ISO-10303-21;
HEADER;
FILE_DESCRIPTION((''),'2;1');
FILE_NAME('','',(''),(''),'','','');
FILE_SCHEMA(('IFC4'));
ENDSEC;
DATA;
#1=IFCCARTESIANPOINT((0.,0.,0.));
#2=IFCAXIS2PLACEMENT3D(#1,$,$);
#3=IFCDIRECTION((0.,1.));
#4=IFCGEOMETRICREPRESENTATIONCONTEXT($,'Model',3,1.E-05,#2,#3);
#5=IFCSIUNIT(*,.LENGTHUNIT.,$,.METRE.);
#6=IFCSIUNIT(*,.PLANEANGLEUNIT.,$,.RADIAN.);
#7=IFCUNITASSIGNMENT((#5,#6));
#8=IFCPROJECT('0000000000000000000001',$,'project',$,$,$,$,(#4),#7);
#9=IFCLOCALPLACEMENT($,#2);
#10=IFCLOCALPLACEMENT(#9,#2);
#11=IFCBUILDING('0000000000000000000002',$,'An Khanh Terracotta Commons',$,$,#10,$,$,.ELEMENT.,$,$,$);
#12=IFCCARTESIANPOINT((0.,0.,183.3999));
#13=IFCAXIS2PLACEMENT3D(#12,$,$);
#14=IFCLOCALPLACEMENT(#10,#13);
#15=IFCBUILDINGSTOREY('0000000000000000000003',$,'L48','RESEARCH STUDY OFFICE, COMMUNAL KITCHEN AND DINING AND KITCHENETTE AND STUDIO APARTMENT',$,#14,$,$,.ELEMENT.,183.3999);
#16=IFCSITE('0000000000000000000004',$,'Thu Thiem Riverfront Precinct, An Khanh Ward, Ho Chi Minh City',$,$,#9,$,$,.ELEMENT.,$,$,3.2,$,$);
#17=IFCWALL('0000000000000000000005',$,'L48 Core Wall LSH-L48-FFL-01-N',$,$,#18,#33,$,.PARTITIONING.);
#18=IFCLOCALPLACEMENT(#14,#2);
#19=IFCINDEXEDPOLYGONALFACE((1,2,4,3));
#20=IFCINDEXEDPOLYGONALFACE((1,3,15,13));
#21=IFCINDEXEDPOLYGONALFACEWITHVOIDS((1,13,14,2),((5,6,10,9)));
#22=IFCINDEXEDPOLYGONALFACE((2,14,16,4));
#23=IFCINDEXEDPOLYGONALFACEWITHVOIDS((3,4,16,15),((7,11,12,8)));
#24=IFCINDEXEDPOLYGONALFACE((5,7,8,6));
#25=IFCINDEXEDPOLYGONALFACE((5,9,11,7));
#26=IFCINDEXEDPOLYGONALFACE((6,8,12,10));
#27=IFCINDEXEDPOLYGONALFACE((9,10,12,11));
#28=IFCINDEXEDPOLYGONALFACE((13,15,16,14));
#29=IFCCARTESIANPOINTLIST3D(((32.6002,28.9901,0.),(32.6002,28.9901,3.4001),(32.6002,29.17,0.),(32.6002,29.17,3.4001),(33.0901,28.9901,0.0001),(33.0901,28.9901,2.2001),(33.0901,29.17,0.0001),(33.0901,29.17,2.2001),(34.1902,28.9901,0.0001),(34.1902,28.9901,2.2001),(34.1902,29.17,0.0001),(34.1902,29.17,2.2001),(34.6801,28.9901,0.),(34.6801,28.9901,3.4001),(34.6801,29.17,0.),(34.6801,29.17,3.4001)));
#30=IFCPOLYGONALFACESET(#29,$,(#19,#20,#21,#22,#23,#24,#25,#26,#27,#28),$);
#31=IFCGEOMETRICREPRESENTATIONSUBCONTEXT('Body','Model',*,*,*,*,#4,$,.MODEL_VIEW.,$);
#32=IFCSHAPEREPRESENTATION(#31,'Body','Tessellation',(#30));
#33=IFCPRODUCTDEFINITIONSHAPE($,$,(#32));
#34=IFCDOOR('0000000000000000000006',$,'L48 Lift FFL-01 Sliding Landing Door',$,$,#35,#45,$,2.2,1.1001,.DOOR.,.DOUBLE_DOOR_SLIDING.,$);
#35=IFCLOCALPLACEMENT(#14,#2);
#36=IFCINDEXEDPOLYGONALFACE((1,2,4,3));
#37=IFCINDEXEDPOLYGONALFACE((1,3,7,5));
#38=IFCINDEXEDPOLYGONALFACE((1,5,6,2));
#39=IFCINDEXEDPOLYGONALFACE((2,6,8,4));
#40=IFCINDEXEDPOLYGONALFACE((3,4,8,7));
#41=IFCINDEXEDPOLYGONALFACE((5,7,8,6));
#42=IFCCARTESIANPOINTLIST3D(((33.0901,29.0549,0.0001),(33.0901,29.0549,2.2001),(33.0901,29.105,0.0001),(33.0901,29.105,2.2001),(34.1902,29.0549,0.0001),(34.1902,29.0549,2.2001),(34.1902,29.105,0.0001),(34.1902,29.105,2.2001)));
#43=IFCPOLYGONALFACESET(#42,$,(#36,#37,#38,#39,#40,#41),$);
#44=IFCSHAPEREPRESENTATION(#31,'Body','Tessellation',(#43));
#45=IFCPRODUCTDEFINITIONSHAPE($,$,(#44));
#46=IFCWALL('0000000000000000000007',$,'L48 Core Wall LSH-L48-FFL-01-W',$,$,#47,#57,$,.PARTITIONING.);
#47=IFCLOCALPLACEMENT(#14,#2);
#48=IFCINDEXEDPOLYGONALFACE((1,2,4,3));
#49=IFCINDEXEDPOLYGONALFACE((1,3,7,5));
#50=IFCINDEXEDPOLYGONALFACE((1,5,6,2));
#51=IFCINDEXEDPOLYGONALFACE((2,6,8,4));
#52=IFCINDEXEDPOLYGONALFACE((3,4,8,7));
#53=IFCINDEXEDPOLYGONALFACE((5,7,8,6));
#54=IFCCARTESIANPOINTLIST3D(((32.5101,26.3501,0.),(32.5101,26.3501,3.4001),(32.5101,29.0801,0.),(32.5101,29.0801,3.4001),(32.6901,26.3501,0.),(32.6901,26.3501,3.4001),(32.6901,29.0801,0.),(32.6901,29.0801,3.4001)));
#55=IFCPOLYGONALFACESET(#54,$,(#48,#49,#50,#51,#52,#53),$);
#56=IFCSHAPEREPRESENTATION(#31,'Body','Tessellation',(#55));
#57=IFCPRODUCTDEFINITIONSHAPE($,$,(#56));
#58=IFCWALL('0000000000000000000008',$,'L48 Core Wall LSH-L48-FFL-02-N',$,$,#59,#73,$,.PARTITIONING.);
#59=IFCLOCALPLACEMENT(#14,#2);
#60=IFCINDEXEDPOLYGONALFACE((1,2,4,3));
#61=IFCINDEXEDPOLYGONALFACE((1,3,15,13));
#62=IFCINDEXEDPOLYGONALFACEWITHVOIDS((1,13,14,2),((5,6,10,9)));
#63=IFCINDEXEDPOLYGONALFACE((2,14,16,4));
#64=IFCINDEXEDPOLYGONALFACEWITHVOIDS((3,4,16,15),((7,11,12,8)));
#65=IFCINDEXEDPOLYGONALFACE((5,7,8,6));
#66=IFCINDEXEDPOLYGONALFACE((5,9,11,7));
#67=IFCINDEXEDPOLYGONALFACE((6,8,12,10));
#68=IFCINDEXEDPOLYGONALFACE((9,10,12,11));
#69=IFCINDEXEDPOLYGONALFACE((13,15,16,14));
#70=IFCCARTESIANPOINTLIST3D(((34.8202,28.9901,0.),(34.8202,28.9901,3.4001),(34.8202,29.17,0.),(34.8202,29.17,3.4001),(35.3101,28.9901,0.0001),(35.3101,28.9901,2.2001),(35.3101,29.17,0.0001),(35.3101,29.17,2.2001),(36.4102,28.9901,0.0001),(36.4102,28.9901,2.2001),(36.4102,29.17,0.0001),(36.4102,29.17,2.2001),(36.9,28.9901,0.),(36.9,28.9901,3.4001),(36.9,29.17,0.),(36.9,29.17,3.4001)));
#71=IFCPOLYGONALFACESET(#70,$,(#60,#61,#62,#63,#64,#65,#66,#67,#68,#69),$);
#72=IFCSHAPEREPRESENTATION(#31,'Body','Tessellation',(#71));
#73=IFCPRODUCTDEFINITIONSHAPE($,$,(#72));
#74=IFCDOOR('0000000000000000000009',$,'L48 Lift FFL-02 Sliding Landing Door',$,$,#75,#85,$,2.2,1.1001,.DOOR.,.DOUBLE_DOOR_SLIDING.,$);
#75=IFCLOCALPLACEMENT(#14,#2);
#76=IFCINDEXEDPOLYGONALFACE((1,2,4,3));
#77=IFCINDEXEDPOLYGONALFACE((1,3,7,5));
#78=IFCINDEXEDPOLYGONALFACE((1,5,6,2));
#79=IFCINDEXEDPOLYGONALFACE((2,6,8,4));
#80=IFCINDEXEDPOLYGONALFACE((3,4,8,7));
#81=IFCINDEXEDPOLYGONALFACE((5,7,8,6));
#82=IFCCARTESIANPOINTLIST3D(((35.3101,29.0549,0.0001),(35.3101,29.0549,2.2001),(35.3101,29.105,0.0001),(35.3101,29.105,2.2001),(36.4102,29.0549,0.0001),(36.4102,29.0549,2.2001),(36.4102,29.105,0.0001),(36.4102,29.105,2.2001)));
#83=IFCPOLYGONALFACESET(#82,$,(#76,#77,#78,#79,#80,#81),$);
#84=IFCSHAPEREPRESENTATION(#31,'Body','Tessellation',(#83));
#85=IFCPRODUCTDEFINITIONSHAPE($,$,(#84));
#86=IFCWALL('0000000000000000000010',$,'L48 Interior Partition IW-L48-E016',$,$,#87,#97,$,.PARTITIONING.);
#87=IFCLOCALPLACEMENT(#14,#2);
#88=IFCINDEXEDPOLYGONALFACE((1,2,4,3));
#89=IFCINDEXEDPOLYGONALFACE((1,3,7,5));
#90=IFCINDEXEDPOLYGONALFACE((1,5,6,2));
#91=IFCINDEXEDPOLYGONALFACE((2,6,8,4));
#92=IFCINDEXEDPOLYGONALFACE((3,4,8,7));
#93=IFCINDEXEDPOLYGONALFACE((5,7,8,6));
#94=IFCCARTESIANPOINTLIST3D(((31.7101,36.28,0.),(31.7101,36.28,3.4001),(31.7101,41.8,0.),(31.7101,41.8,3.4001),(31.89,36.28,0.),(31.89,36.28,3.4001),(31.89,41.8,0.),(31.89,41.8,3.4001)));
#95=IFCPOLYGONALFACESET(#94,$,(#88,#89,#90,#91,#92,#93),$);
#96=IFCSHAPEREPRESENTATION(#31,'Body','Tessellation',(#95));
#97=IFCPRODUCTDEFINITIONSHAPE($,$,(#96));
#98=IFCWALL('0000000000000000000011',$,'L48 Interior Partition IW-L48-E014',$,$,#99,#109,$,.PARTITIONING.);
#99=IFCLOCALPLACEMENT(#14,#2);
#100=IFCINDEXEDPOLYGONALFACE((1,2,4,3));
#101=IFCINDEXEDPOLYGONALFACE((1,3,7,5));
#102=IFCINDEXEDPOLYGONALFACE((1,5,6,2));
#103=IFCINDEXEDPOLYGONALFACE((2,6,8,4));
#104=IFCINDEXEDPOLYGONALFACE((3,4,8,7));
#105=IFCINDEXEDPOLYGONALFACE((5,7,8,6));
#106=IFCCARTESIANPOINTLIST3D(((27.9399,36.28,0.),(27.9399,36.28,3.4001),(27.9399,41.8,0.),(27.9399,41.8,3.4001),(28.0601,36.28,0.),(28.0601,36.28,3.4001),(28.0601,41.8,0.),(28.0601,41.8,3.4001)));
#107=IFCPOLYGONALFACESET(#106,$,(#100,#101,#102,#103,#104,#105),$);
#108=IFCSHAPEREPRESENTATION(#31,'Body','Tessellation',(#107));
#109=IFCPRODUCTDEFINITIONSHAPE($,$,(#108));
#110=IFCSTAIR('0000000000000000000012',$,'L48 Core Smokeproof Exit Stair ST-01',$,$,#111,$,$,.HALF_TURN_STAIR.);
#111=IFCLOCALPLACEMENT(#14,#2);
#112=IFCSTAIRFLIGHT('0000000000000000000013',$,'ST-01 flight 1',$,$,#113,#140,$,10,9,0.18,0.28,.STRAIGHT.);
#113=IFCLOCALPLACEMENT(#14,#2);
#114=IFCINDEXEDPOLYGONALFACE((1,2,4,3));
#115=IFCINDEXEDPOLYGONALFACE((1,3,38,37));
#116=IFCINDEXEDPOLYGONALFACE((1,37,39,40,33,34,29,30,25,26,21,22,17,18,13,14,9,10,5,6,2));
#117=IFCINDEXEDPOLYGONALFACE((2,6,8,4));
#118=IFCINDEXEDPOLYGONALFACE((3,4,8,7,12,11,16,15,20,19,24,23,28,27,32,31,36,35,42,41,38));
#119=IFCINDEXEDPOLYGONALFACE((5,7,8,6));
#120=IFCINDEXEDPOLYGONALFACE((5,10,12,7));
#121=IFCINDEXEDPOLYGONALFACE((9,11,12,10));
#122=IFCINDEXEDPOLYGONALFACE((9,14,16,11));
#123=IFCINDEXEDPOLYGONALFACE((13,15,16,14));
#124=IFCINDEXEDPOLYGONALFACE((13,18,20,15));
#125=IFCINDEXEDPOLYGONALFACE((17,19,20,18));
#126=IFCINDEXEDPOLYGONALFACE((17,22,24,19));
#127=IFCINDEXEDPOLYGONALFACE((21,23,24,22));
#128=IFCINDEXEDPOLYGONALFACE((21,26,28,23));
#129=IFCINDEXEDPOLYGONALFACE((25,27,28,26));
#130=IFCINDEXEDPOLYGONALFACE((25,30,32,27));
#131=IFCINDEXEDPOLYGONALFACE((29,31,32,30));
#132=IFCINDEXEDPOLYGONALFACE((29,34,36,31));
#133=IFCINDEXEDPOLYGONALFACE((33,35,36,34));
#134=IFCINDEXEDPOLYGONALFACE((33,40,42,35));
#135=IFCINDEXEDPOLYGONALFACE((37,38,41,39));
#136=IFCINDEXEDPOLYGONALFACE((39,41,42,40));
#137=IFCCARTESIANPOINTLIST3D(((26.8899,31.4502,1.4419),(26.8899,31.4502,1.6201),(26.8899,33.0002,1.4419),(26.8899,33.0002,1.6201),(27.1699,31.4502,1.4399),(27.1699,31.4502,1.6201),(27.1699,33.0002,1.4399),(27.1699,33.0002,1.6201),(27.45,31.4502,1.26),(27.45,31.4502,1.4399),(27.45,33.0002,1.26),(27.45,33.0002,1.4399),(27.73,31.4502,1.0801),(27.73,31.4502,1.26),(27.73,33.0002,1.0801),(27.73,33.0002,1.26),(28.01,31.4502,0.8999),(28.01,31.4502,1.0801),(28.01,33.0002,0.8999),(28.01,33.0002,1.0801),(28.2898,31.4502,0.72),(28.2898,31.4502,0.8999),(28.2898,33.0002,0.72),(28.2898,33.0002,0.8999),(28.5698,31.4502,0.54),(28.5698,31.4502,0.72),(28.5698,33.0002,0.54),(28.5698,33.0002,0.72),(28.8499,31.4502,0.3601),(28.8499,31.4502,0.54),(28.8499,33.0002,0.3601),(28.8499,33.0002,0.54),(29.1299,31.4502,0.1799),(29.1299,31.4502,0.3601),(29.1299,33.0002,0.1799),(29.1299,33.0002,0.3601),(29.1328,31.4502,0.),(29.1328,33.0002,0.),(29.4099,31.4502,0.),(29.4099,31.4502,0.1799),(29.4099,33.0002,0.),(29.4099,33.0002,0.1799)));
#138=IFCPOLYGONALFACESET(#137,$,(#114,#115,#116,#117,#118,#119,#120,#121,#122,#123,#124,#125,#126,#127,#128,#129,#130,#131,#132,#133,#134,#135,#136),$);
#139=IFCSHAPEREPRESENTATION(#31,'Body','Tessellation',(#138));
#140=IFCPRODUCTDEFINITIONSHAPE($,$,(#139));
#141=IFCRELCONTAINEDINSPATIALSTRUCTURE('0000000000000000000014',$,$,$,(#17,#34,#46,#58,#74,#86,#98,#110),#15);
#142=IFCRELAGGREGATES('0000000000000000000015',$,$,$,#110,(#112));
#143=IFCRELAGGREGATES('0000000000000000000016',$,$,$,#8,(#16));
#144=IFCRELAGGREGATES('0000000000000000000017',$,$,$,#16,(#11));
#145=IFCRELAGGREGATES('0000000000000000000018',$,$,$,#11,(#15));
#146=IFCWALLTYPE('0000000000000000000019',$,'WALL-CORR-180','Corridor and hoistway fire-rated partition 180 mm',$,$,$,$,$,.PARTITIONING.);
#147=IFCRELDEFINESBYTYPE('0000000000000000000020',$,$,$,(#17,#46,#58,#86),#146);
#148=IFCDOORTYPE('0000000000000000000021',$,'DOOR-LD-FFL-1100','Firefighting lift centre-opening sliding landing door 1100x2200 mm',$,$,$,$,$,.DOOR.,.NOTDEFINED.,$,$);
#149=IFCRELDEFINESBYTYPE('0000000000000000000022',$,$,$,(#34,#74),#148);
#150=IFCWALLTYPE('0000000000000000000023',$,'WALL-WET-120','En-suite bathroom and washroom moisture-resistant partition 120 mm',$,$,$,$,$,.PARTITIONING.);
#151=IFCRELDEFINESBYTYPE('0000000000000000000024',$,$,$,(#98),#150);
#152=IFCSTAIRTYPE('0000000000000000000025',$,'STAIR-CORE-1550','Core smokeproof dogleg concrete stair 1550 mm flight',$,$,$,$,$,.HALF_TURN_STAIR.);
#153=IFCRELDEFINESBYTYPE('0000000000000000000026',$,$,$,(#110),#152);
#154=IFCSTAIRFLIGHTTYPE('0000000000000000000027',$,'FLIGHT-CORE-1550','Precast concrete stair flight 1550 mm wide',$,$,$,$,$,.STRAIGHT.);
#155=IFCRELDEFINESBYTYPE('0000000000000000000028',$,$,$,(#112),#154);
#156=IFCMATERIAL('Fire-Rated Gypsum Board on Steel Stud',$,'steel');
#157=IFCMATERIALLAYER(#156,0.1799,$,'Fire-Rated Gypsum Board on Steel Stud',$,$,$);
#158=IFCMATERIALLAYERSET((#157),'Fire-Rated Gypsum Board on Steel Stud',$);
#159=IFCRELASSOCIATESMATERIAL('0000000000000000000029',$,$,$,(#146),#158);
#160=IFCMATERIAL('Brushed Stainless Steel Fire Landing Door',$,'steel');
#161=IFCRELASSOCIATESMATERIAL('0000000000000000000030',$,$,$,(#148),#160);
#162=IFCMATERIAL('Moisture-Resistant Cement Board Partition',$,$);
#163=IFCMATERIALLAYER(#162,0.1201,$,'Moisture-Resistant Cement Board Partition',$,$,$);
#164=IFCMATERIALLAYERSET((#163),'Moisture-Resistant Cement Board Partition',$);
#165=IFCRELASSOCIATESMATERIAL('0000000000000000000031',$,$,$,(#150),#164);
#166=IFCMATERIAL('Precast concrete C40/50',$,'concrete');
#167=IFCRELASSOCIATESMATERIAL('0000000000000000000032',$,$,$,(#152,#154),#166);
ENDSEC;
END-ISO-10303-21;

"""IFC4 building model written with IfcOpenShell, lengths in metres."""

from ifc_helpers import new_model, si_unit, direction, frame, frame_2d, origin, place, context, subcontext, project, spatial, polyline, rectangle, outline, extrude, material, layer, layer_set, type_object, element, fill, aggregate, save


model = new_model("IFC4")

# Units and contexts
model_context = context("Model", 3, precision=1e-05, world=origin(), true_north=direction((0.0, 1.0)))
body_context = subcontext(model_context, "Body", "Model", "MODEL_VIEW")
ifc_project = project(units=[si_unit("LENGTHUNIT", "METRE"), si_unit("PLANEANGLEUNIT", "RADIAN")], contexts=[model_context])

# Site, building, storey
site_placement = place(None, origin())
site = spatial("IfcSite", under=ifc_project, at=site_placement, Name="Thu Thiem Riverfront Precinct, An Khanh Ward, Ho Chi Minh City", CompositionType="ELEMENT", RefElevation=3.2)
building_placement = place(site_placement, origin())
building = spatial("IfcBuilding", under=site, at=building_placement, Name="An Khanh Terracotta Commons", CompositionType="ELEMENT")
storey_placement = place(building_placement, frame((0.0, 0.0, 183.3999)))
storey = spatial("IfcBuildingStorey", under=building, at=storey_placement, Name="L48", Description="RESEARCH STUDY OFFICE, COMMUNAL KITCHEN AND DINING AND KITCHENETTE AND STUDIO APARTMENT", CompositionType="ELEMENT", Elevation=183.3999)

# Shared definitions
ifc_material_1 = material(Name="Fire-Rated Gypsum Board on Steel Stud", Category="steel")
ifc_layer_1 = layer(ifc_material_1, 0.1799, Name="Fire-Rated Gypsum Board on Steel Stud")
ifc_layer_set_1 = layer_set([ifc_layer_1], Name="Fire-Rated Gypsum Board on Steel Stud")
wall_type_1 = type_object("IfcWallType", Name="WALL-CORR-180", Description="Corridor and hoistway fire-rated partition 180 mm", PredefinedType="PARTITIONING", material=ifc_layer_set_1)

# Wall, opening, door
wall_1_placement = place(storey_placement, frame((32.6001, 29.0801, 0.0), z_axis=(0.0, 0.0, 1.0), x_axis=(1.0, 0.0, 0.0)))
wall_1 = element("IfcWall", 1, at=wall_1_placement, inside=storey, type_object=wall_type_1, Name="L48 Core Wall LSH-L48-FFL-01-N", PredefinedType="PARTITIONING", context=body_context, shape_type="SweptSolid", body=[
    extrude(rectangle(XDim=2.0798, YDim=0.1799, at=frame_2d((1.04, 0.0))), origin(), (0.0, 0.0, 1.0), 3.4001),
])
opening_1_placement = place(wall_1_placement, frame((0.49, 0.0, 0.0)))
opening_1 = element("IfcOpeningElement", 2, at=opening_1_placement, cuts=wall_1, PredefinedType="OPENING", context=body_context, shape_type="SweptSolid", body=[
    extrude(rectangle(XDim=1.1001, YDim=2.2, at=frame_2d((0.55, 1.1001))), frame((0.0, 0.0999, 0.0), z_axis=(0.0, -1.0, 0.0), x_axis=(1.0, 0.0, 0.0)), (0.0, 0.0, 1.0), 0.2),
])
ifc_material_2 = material(Name="Brushed Stainless Steel Fire Landing Door", Category="steel")
door_type_1 = type_object("IfcDoorType", Name="DOOR-LD-FFL-1100", Description="Firefighting lift centre-opening sliding landing door 1100x2200 mm", OperationType="NOTDEFINED", PredefinedType="DOOR", material=ifc_material_2)
door_1_placement = place(opening_1_placement, origin())
door_1 = element("IfcDoor", 3, at=door_1_placement, inside=storey, type_object=door_type_1, Name="L48 Lift FFL-01 Sliding Landing Door", OperationType="DOUBLE_DOOR_SLIDING", OverallHeight=2.2, OverallWidth=1.1001, PredefinedType="DOOR", context=body_context, shape_type="SweptSolid", body=[
    extrude(rectangle(XDim=1.1001, YDim=2.2, at=frame_2d((0.55, 1.1001))), frame((0.0, 0.0249, 0.0), z_axis=(0.0, -1.0, 0.0), x_axis=(1.0, 0.0, 0.0)), (0.0, 0.0, 1.0), 0.05),
])
fill(opening_1, door_1)

# Wall
wall_2_placement = place(storey_placement, frame((32.6001, 29.0801, 0.0), z_axis=(0.0, 0.0, 1.0), x_axis=(0.0, -1.0, 0.0)))
element("IfcWall", 4, at=wall_2_placement, inside=storey, type_object=wall_type_1, Name="L48 Core Wall LSH-L48-FFL-01-W", PredefinedType="PARTITIONING", context=body_context, shape_type="SweptSolid", body=[
    extrude(rectangle(XDim=2.73, YDim=0.1799, at=frame_2d((1.365, 0.0))), origin(), (0.0, 0.0, 1.0), 3.4001),
])

# Wall, opening, door
wall_3_placement = place(storey_placement, frame((34.8201, 29.0801, 0.0), z_axis=(0.0, 0.0, 1.0), x_axis=(1.0, 0.0, 0.0)))
wall_3 = element("IfcWall", 5, at=wall_3_placement, inside=storey, type_object=wall_type_1, Name="L48 Core Wall LSH-L48-FFL-02-N", PredefinedType="PARTITIONING", context=body_context, shape_type="SweptSolid", body=[
    extrude(rectangle(XDim=2.0798, YDim=0.1799, at=frame_2d((1.04, 0.0))), origin(), (0.0, 0.0, 1.0), 3.4001),
])
opening_2_placement = place(wall_3_placement, frame((0.49, 0.0, 0.0)))
opening_2 = element("IfcOpeningElement", 6, at=opening_2_placement, cuts=wall_3, PredefinedType="OPENING", context=body_context, shape_type="SweptSolid", body=[
    extrude(rectangle(XDim=1.1001, YDim=2.2, at=frame_2d((0.55, 1.1001))), frame((0.0, 0.0999, 0.0), z_axis=(0.0, -1.0, 0.0), x_axis=(1.0, 0.0, 0.0)), (0.0, 0.0, 1.0), 0.2),
])
door_2_placement = place(opening_2_placement, origin())
door_2 = element("IfcDoor", 7, at=door_2_placement, inside=storey, type_object=door_type_1, Name="L48 Lift FFL-02 Sliding Landing Door", OperationType="DOUBLE_DOOR_SLIDING", OverallHeight=2.2, OverallWidth=1.1001, PredefinedType="DOOR", context=body_context, shape_type="SweptSolid", body=[
    extrude(rectangle(XDim=1.1001, YDim=2.2, at=frame_2d((0.55, 1.1001))), frame((0.0, 0.0249, 0.0), z_axis=(0.0, -1.0, 0.0), x_axis=(1.0, 0.0, 0.0)), (0.0, 0.0, 1.0), 0.05),
])
fill(opening_2, door_2)

# Wall
wall_4_placement = place(storey_placement, frame((31.8, 36.28, 0.0), z_axis=(0.0, 0.0, 1.0), x_axis=(0.0, 1.0, 0.0)))
element("IfcWall", 8, at=wall_4_placement, inside=storey, type_object=wall_type_1, Name="L48 Interior Partition IW-L48-E016", PredefinedType="PARTITIONING", context=body_context, shape_type="SweptSolid", body=[
    extrude(rectangle(XDim=5.52, YDim=0.1799, at=frame_2d((2.76, 0.0))), origin(), (0.0, 0.0, 1.0), 3.4001),
])

# Wall
ifc_material_3 = material(Name="Moisture-Resistant Cement Board Partition")
ifc_layer_2 = layer(ifc_material_3, 0.1201, Name="Moisture-Resistant Cement Board Partition")
ifc_layer_set_2 = layer_set([ifc_layer_2], Name="Moisture-Resistant Cement Board Partition")
wall_type_2 = type_object("IfcWallType", Name="WALL-WET-120", Description="En-suite bathroom and washroom moisture-resistant partition 120 mm", PredefinedType="PARTITIONING", material=ifc_layer_set_2)
wall_5_placement = place(storey_placement, frame((28.0, 36.28, 0.0), z_axis=(0.0, 0.0, 1.0), x_axis=(0.0, 1.0, 0.0)))
element("IfcWall", 9, at=wall_5_placement, inside=storey, type_object=wall_type_2, Name="L48 Interior Partition IW-L48-E014", PredefinedType="PARTITIONING", context=body_context, shape_type="SweptSolid", body=[
    extrude(rectangle(XDim=5.52, YDim=0.1201, at=frame_2d((2.76, 0.0))), origin(), (0.0, 0.0, 1.0), 3.4001),
])

# Stair, stair flight
ifc_material_4 = material(Name="Precast concrete C40/50", Category="concrete")
stair_type = type_object("IfcStairType", Name="STAIR-CORE-1550", Description="Core smokeproof dogleg concrete stair 1550 mm flight", PredefinedType="HALF_TURN_STAIR", material=ifc_material_4)
stair_placement = place(storey_placement, origin())
stair = element("IfcStair", 10, at=stair_placement, inside=storey, type_object=stair_type, Name="L48 Core Smokeproof Exit Stair ST-01", PredefinedType="HALF_TURN_STAIR")
stair_flight_type = type_object("IfcStairFlightType", Name="FLIGHT-CORE-1550", Description="Precast concrete stair flight 1550 mm wide", PredefinedType="STRAIGHT", material=ifc_material_4)
stair_flight_placement = place(storey_placement, frame((29.4099, 32.2251, 0.0), z_axis=(0.0, 0.0, 1.0), x_axis=(-1.0, 0.0, 0.0)))
stair_flight = element("IfcStairFlight", 11, at=stair_flight_placement, type_object=stair_flight_type, Name="ST-01 flight 1", NumberOfRisers=10, NumberOfTreads=9, PredefinedType="STRAIGHT", RiserHeight=0.18, TreadLength=0.28, context=body_context, shape_type="SweptSolid", body=[
    extrude(outline(polyline([(0.0, 0.0), (0.0, 0.1799), (0.28, 0.1799), (0.28, 0.3601), (0.5601, 0.3601), (0.5601, 0.54), (0.8401, 0.54), (0.8401, 0.72), (1.1201, 0.72), (1.1201, 0.8999), (1.3999, 0.8999), (1.3999, 1.0801), (1.6799, 1.0801), (1.6799, 1.26), (1.96, 1.26), (1.96, 1.4399), (2.24, 1.4399), (2.24, 1.6201), (2.52, 1.6201), (2.52, 1.8), (2.52, 1.4419), (0.2771, 0.0), (0.0, 0.0)])), frame((0.0, 0.7749, 0.0), z_axis=(0.0, -1.0, 0.0), x_axis=(1.0, 0.0, 0.0)), (0.0, 0.0, 1.0), 1.55),
])
aggregate(stair, [stair_flight])

save(model, "model.ifc")
